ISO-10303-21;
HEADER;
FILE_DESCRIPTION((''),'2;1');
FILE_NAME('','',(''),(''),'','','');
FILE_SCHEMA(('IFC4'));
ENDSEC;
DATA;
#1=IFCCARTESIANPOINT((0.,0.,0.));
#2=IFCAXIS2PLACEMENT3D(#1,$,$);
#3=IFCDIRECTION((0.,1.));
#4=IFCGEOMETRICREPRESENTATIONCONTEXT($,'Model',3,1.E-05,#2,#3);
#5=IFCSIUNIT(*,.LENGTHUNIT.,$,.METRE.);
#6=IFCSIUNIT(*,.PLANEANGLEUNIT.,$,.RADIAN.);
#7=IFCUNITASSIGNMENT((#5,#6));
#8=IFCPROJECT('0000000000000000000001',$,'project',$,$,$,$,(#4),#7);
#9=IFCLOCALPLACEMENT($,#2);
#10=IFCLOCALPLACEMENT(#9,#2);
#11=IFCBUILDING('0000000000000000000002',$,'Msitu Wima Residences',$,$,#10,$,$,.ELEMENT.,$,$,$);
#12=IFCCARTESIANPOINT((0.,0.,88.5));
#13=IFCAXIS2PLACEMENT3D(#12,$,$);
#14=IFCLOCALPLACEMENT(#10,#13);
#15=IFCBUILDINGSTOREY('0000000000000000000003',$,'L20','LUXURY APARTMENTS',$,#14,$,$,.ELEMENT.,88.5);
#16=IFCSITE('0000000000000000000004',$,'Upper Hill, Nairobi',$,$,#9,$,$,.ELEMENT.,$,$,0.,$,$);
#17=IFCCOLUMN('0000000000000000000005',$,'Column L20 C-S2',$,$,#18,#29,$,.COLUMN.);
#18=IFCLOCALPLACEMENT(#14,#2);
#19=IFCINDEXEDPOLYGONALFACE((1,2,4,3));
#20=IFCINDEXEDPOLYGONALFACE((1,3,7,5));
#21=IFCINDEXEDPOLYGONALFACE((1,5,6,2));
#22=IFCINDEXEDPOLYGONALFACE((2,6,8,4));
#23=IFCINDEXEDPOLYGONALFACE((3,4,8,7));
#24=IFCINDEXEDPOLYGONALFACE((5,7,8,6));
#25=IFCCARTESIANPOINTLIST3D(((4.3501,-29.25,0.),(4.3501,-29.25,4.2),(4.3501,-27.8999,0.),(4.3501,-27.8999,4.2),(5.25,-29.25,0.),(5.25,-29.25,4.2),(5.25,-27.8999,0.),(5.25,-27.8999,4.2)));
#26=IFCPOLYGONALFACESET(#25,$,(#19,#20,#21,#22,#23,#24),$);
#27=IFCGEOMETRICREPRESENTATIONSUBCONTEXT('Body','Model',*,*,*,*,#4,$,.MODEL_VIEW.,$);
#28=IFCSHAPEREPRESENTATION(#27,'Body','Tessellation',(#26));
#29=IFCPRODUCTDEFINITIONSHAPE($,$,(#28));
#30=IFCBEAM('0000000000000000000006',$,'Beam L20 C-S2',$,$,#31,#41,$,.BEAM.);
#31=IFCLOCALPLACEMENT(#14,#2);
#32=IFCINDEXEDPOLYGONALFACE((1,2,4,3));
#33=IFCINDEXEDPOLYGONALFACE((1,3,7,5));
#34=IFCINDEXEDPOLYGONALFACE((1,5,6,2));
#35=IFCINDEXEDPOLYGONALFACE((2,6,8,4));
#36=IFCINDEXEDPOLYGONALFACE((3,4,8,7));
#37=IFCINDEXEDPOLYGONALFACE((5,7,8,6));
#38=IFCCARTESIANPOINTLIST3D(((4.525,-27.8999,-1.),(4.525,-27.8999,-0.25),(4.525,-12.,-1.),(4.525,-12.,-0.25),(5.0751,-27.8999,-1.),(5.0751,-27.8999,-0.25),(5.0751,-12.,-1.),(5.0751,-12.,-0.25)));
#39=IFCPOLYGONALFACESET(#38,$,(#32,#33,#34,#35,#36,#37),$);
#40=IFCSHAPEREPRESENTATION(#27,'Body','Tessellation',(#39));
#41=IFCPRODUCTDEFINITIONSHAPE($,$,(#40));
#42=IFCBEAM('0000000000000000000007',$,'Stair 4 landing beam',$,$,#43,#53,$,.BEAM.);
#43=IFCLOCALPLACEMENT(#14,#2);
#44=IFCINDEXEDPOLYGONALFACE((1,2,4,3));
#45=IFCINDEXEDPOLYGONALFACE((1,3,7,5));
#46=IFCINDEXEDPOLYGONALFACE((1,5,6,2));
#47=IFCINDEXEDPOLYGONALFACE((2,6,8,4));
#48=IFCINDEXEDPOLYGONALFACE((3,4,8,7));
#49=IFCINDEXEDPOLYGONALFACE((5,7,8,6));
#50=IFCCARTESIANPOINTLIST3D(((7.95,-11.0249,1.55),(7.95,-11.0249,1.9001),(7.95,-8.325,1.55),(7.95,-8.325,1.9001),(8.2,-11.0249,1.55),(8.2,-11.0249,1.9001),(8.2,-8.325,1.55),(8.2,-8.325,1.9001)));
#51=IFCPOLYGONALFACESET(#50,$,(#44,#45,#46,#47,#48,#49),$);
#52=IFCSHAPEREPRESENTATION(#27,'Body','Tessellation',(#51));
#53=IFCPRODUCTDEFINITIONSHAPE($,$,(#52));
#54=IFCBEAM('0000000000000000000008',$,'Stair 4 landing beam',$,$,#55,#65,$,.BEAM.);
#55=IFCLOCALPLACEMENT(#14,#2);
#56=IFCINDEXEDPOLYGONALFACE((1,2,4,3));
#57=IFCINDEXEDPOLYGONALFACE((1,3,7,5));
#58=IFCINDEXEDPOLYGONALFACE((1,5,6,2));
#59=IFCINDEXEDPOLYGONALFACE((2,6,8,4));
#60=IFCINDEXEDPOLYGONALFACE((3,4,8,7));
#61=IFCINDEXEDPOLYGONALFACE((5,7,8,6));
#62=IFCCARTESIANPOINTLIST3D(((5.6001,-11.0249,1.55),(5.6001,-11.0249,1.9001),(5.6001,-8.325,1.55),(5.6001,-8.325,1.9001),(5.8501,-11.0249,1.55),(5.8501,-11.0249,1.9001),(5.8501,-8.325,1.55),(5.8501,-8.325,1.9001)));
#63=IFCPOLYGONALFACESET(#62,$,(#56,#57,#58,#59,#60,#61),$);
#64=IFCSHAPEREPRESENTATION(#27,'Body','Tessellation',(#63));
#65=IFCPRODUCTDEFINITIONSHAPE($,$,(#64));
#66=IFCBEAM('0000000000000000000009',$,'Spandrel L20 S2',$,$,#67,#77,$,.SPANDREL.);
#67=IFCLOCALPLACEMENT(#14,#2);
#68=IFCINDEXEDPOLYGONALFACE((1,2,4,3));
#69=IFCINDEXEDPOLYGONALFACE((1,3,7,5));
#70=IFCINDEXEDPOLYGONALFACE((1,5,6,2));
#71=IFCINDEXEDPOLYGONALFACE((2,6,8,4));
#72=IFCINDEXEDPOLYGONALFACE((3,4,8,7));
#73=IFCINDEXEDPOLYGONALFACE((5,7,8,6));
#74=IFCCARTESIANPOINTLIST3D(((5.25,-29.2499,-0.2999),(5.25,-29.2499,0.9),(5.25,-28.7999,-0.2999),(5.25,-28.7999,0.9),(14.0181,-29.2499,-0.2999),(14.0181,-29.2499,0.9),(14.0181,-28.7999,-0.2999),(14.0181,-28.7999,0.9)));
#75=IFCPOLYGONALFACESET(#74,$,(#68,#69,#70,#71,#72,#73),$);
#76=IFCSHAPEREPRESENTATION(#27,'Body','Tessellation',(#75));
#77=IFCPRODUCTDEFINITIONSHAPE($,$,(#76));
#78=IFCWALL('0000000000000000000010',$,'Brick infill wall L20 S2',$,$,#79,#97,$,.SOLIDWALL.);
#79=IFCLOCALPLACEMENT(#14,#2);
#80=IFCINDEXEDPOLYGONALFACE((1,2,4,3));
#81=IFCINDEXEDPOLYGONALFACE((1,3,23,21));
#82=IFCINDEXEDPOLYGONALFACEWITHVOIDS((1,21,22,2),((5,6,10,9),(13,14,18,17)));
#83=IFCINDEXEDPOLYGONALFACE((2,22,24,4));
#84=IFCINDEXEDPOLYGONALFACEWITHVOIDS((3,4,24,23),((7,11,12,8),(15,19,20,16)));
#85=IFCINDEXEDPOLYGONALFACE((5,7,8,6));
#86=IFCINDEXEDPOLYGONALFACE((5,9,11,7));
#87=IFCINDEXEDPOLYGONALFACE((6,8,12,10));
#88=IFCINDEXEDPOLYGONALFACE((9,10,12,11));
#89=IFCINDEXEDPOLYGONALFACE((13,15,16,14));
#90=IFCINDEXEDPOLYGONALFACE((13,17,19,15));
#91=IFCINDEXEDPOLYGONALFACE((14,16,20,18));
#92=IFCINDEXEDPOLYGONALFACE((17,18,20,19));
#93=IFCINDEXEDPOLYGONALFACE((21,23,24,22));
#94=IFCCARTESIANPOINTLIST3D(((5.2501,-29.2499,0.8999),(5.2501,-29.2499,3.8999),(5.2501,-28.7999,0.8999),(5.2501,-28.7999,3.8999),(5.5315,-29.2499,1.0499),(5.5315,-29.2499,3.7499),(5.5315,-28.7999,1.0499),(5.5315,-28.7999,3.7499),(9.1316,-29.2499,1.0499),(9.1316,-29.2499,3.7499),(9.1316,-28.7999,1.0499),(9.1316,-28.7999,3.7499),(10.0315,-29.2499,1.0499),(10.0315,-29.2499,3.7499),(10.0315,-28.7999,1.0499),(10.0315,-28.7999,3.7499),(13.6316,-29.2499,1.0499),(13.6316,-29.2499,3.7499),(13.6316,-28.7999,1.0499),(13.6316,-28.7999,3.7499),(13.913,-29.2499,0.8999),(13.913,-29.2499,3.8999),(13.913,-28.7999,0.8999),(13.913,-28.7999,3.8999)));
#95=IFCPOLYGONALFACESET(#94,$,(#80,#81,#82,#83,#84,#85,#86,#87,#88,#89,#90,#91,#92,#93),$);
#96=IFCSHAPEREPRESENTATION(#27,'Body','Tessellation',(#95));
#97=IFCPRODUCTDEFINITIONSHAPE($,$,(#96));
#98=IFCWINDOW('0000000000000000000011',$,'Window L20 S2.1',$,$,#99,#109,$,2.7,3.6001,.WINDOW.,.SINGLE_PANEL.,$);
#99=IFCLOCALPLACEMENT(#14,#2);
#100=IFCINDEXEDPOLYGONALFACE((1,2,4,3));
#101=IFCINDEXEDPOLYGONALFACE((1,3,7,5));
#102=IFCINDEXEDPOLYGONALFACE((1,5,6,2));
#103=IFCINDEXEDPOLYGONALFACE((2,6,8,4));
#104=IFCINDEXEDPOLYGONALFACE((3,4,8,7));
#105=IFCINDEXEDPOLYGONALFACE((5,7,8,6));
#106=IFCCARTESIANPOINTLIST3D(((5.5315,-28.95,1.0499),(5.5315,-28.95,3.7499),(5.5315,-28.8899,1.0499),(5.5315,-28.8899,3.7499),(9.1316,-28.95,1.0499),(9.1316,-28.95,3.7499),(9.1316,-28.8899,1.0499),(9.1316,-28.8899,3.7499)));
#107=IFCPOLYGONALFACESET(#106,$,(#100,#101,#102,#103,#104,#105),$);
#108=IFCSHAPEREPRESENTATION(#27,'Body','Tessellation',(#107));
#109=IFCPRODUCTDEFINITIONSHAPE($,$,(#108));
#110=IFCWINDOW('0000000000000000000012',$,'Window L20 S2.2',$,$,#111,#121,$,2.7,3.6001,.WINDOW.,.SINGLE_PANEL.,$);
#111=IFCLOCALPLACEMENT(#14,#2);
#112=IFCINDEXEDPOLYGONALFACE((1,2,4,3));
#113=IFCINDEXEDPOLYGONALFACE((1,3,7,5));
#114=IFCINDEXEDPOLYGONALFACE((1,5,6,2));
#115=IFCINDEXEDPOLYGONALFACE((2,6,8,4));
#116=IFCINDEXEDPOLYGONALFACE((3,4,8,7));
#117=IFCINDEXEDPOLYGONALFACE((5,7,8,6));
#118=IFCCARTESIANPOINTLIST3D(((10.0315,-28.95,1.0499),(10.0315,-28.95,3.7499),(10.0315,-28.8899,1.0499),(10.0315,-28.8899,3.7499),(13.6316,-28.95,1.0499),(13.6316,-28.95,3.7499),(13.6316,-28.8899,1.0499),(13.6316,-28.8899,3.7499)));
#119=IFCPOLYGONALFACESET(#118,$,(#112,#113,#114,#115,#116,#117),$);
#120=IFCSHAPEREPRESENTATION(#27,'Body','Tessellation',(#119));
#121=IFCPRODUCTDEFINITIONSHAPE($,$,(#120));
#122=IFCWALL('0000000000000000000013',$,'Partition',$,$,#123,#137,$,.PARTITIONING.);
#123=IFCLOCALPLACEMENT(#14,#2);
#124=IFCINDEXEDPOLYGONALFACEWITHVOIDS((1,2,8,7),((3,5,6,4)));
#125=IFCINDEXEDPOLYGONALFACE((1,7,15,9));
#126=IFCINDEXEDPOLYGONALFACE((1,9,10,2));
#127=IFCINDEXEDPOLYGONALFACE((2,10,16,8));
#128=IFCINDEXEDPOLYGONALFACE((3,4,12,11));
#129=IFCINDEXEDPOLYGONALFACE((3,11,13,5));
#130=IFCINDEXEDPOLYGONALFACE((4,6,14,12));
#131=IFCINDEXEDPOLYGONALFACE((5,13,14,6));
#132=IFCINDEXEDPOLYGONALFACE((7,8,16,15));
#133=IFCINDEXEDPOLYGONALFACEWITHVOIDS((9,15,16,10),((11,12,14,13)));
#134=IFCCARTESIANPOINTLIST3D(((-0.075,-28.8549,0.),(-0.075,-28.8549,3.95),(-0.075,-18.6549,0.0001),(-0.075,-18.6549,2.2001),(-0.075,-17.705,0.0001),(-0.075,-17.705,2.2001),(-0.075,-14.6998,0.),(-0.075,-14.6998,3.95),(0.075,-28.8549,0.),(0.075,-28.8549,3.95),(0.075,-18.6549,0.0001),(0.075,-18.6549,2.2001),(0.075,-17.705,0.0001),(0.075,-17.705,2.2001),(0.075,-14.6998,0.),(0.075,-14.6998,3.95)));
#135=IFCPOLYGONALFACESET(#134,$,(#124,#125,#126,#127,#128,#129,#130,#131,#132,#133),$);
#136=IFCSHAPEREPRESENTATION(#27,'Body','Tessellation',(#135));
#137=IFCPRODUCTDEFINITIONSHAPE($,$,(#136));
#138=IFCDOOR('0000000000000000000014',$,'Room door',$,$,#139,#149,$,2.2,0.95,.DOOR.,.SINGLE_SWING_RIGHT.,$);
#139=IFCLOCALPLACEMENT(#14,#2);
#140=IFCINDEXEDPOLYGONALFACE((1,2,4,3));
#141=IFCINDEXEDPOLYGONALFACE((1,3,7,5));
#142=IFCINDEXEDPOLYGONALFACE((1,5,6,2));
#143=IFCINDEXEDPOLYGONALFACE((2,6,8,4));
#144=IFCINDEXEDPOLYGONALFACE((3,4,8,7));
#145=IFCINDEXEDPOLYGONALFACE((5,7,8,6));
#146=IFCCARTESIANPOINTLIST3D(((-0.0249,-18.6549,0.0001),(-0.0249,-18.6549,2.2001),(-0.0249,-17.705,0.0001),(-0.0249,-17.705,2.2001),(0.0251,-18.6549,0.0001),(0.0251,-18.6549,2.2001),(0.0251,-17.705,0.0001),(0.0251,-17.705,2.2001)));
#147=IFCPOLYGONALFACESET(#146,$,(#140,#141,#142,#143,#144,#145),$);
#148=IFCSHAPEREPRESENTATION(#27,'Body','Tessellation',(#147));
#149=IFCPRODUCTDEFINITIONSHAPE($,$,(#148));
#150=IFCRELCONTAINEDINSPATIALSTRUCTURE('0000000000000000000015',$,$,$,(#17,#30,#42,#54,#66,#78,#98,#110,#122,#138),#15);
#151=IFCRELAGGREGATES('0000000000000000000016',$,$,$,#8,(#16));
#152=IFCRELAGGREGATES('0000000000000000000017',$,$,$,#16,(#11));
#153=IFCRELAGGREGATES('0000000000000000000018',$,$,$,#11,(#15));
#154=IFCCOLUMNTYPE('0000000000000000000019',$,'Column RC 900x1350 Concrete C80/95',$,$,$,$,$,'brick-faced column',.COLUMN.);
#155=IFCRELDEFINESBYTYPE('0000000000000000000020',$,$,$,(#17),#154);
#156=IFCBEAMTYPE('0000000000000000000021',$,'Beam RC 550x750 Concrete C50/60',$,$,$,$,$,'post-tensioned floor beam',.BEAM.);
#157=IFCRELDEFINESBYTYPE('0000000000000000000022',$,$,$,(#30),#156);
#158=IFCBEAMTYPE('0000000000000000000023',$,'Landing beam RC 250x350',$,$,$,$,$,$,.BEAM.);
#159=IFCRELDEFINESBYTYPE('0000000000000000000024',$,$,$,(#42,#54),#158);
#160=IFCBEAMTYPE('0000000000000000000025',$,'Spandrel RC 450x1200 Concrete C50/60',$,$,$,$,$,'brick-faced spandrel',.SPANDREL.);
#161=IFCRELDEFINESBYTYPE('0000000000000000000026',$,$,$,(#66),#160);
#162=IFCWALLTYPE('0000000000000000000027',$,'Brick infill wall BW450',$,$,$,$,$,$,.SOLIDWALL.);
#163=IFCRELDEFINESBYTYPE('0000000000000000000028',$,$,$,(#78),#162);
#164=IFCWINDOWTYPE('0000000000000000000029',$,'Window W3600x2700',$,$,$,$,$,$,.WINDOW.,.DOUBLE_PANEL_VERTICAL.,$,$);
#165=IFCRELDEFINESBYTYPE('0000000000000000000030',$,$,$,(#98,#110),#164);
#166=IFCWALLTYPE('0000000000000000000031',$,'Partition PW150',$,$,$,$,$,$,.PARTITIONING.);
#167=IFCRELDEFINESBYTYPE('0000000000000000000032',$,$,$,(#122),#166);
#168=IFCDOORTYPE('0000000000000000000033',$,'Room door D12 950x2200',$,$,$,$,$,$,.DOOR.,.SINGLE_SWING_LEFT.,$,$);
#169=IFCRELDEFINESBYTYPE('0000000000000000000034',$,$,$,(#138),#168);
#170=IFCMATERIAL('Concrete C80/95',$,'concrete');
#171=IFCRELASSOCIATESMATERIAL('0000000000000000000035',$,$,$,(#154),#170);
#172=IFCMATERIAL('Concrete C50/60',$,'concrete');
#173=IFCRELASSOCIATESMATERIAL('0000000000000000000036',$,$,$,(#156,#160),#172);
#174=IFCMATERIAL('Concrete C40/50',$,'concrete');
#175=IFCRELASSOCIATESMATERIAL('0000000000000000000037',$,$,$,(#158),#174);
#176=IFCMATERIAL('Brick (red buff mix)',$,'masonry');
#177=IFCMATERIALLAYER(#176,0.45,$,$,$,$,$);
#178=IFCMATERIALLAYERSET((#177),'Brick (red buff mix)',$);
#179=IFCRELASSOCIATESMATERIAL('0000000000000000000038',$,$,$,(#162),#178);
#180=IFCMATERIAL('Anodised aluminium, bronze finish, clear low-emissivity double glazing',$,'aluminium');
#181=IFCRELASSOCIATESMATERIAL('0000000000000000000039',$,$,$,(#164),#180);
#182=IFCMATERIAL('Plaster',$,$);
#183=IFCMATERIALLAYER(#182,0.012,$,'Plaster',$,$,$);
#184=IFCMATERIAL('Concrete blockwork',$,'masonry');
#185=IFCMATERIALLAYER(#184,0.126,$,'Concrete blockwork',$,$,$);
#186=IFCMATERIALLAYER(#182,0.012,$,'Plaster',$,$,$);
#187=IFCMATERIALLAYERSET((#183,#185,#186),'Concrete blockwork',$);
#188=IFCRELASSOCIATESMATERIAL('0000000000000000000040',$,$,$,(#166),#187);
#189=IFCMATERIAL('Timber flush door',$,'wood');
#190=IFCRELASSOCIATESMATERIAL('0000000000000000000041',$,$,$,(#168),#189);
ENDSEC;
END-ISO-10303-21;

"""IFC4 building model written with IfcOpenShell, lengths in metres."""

from ifc_helpers import new_model, si_unit, direction, frame, frame_2d, origin, origin_2d, place, context, subcontext, project, spatial, rectangle, extrude, material, layer, layer_set, material_profile, profile_set, type_object, element, fill, save


model = new_model("IFC4")

# Units and contexts
model_context = context("Model", 3, precision=1e-05, world=origin(), true_north=direction((0.0, 1.0)))
body_context = subcontext(model_context, "Body", "Model", "MODEL_VIEW")
ifc_project = project(units=[si_unit("LENGTHUNIT", "METRE"), si_unit("PLANEANGLEUNIT", "RADIAN")], contexts=[model_context])

# Site, building, storey
site_placement = place(None, origin())
site = spatial("IfcSite", under=ifc_project, at=site_placement, Name="Upper Hill, Nairobi", CompositionType="ELEMENT", RefElevation=0.0)
building_placement = place(site_placement, origin())
building = spatial("IfcBuilding", under=site, at=building_placement, Name="Msitu Wima Residences", CompositionType="ELEMENT")
storey_placement = place(building_placement, frame((0.0, 0.0, 88.5)))
storey = spatial("IfcBuildingStorey", under=building, at=storey_placement, Name="L20", Description="LUXURY APARTMENTS", CompositionType="ELEMENT", Elevation=88.5)

# Column
ifc_material_1 = material(Name="Concrete C80/95", Category="concrete")
ifc_material_profile_1 = material_profile(ifc_material_1, rectangle(XDim=0.8999, YDim=1.3501, at=origin_2d()), Name="RC 900x1350")
ifc_profile_set_1 = profile_set([ifc_material_profile_1], Name="Concrete C80/95")
column_type = type_object("IfcColumnType", Name="Column RC 900x1350 Concrete C80/95", ElementType="brick-faced column", PredefinedType="COLUMN", material=ifc_profile_set_1)
column_placement = place(storey_placement, frame((4.8, -28.575, 0.0), z_axis=(0.0, 0.0, 1.0), x_axis=(1.0, 0.0, 0.0)))
element("IfcColumn", 1, at=column_placement, inside=storey, type_object=column_type, Name="Column L20 C-S2", PredefinedType="COLUMN", context=body_context, shape_type="SweptSolid", body=[
    extrude(rectangle(XDim=0.8999, YDim=1.3501, at=origin_2d()), origin(), (0.0, 0.0, 1.0), 4.2),
])

# Beams
ifc_material_2 = material(Name="Concrete C50/60", Category="concrete")
ifc_material_profile_2 = material_profile(ifc_material_2, rectangle(XDim=0.55, YDim=0.75, at=origin_2d()), Name="RC 550x750")
ifc_profile_set_2 = profile_set([ifc_material_profile_2], Name="Concrete C50/60")
beam_type_1 = type_object("IfcBeamType", Name="Beam RC 550x750 Concrete C50/60", ElementType="post-tensioned floor beam", PredefinedType="BEAM", material=ifc_profile_set_2)
beam_1_placement = place(storey_placement, frame((4.8, -27.8999, -0.625), z_axis=(0.0, 1.0, 0.0), x_axis=(-1.0, 0.0, 0.0)))
element("IfcBeam", 2, at=beam_1_placement, inside=storey, type_object=beam_type_1, Name="Beam L20 C-S2", PredefinedType="BEAM", context=body_context, shape_type="SweptSolid", body=[
    extrude(rectangle(XDim=0.55, YDim=0.75, at=origin_2d()), origin(), (0.0, 0.0, 1.0), 15.8999),
])
ifc_material_3 = material(Name="Concrete C40/50", Category="concrete")
ifc_material_profile_3 = material_profile(ifc_material_3, rectangle(XDim=0.25, YDim=0.3501, at=origin_2d()), Name="RC 250x350")
ifc_profile_set_3 = profile_set([ifc_material_profile_3], Name="Concrete C40/50")
beam_type_2 = type_object("IfcBeamType", Name="Landing beam RC 250x350", PredefinedType="BEAM", material=ifc_profile_set_3)
for number, where, z_axis, x_axis, name in (
    (3, (8.075, -11.0249, 1.7251), (0.0, 1.0, 0.0), (-1.0, 0.0, 0.0), "Stair 4 landing beam"),
    (4, (5.7251, -11.0249, 1.7251), (0.0, 1.0, 0.0), (-1.0, 0.0, 0.0), "Stair 4 landing beam"),
):
    element("IfcBeam", number, at=place(storey_placement, frame(where, z_axis=z_axis, x_axis=x_axis)), inside=storey, type_object=beam_type_2, Name=name, PredefinedType="BEAM", context=body_context, shape_type="SweptSolid", body=[
        extrude(rectangle(XDim=0.25, YDim=0.3501, at=origin_2d()), origin(), (0.0, 0.0, 1.0), 2.7),
    ])
ifc_material_profile_4 = material_profile(ifc_material_2, rectangle(XDim=0.45, YDim=1.2, at=origin_2d()), Name="RC 450x1200")
ifc_profile_set_4 = profile_set([ifc_material_profile_4], Name="Concrete C50/60")
beam_type_3 = type_object("IfcBeamType", Name="Spandrel RC 450x1200 Concrete C50/60", ElementType="brick-faced spandrel", PredefinedType="SPANDREL", material=ifc_profile_set_4)
beam_2_placement = place(storey_placement, frame((5.25, -29.0249, 0.3), z_axis=(1.0, 0.0, 0.0), x_axis=(0.0, 1.0, 0.0)))
element("IfcBeam", 5, at=beam_2_placement, inside=storey, type_object=beam_type_3, Name="Spandrel L20 S2", PredefinedType="SPANDREL", context=body_context, shape_type="SweptSolid", body=[
    extrude(rectangle(XDim=0.45, YDim=1.2, at=origin_2d()), origin(), (0.0, 0.0, 1.0), 8.7681),
])

# Wall, openings, windows
ifc_material_4 = material(Name="Brick (red buff mix)", Category="masonry")
ifc_layer_1 = layer(ifc_material_4, 0.45)
ifc_layer_set_1 = layer_set([ifc_layer_1], Name="Brick (red buff mix)")
wall_type_1 = type_object("IfcWallType", Name="Brick infill wall BW450", PredefinedType="SOLIDWALL", material=ifc_layer_set_1)
wall_1_placement = place(storey_placement, frame((5.25, -29.0249, 0.8999), z_axis=(0.0, 0.0, 1.0), x_axis=(1.0, 0.0, 0.0)))
wall_1 = element("IfcWall", 6, at=wall_1_placement, inside=storey, type_object=wall_type_1, Name="Brick infill wall L20 S2", PredefinedType="SOLIDWALL", context=body_context, shape_type="SweptSolid", body=[
    extrude(rectangle(XDim=8.6628, YDim=0.45, at=frame_2d((4.3315, 0.0))), origin(), (0.0, 0.0, 1.0), 3.0),
])
opening_1_placement = place(wall_1_placement, frame((0.2815, 0.0, 0.1499)))
opening_1 = element("IfcOpeningElement", 7, at=opening_1_placement, cuts=wall_1, PredefinedType="OPENING", context=body_context, shape_type="SweptSolid", body=[
    extrude(rectangle(XDim=3.6001, YDim=2.7, at=frame_2d((1.8, 1.3501))), frame((0.0, 0.2349, 0.0), z_axis=(0.0, -1.0, 0.0), x_axis=(1.0, 0.0, 0.0)), (0.0, 0.0, 1.0), 0.47),
])
opening_2_placement = place(wall_1_placement, frame((4.7815, 0.0, 0.1499)))
opening_2 = element("IfcOpeningElement", 8, at=opening_2_placement, cuts=wall_1, PredefinedType="OPENING", context=body_context, shape_type="SweptSolid", body=[
    extrude(rectangle(XDim=3.6001, YDim=2.7, at=frame_2d((1.8, 1.3501))), frame((0.0, 0.2349, 0.0), z_axis=(0.0, -1.0, 0.0), x_axis=(1.0, 0.0, 0.0)), (0.0, 0.0, 1.0), 0.47),
])
ifc_material_5 = material(Name="Anodised aluminium, bronze finish, clear low-emissivity double glazing", Category="aluminium")
window_type = type_object("IfcWindowType", Name="Window W3600x2700", PartitioningType="DOUBLE_PANEL_VERTICAL", PredefinedType="WINDOW", material=ifc_material_5)
window_1_placement = place(opening_1_placement, origin())
window_1 = element("IfcWindow", 9, at=window_1_placement, inside=storey, type_object=window_type, Name="Window L20 S2.1", OverallHeight=2.7, OverallWidth=3.6001, PartitioningType="SINGLE_PANEL", PredefinedType="WINDOW", context=body_context, shape_type="SweptSolid", body=[
    extrude(rectangle(XDim=3.6001, YDim=2.7, at=frame_2d((1.8, 1.3501))), frame((0.0, 0.135, 0.0), z_axis=(0.0, -1.0, 0.0), x_axis=(1.0, 0.0, 0.0)), (0.0, 0.0, 1.0), 0.0601),
])
fill(opening_1, window_1)
window_2_placement = place(opening_2_placement, origin())
window_2 = element("IfcWindow", 10, at=window_2_placement, inside=storey, type_object=window_type, Name="Window L20 S2.2", OverallHeight=2.7, OverallWidth=3.6001, PartitioningType="SINGLE_PANEL", PredefinedType="WINDOW", context=body_context, shape_type="SweptSolid", body=[
    extrude(rectangle(XDim=3.6001, YDim=2.7, at=frame_2d((1.8, 1.3501))), frame((0.0, 0.135, 0.0), z_axis=(0.0, -1.0, 0.0), x_axis=(1.0, 0.0, 0.0)), (0.0, 0.0, 1.0), 0.0601),
])
fill(opening_2, window_2)

# Wall, opening, door
ifc_material_6 = material(Name="Plaster")
ifc_layer_2 = layer(ifc_material_6, 0.012, Name="Plaster")
ifc_material_7 = material(Name="Concrete blockwork", Category="masonry")
ifc_layer_3 = layer(ifc_material_7, 0.126, Name="Concrete blockwork")
ifc_layer_4 = layer(ifc_material_6, 0.012, Name="Plaster")
ifc_layer_set_2 = layer_set([ifc_layer_2, ifc_layer_3, ifc_layer_4], Name="Concrete blockwork")
wall_type_2 = type_object("IfcWallType", Name="Partition PW150", PredefinedType="PARTITIONING", material=ifc_layer_set_2)
wall_2_placement = place(storey_placement, frame((0.0, -28.855, 0.0), z_axis=(0.0, 0.0, 1.0), x_axis=(0.0, 1.0, 0.0)))
wall_2 = element("IfcWall", 11, at=wall_2_placement, inside=storey, type_object=wall_type_2, Name="Partition", PredefinedType="PARTITIONING", context=body_context, shape_type="SweptSolid", body=[
    extrude(rectangle(XDim=14.155, YDim=0.1499, at=frame_2d((7.0776, 0.0))), origin(), (0.0, 0.0, 1.0), 3.95),
])
opening_3_placement = place(wall_2_placement, frame((10.2, 0.0, 0.0)))
opening_3 = element("IfcOpeningElement", 12, at=opening_3_placement, cuts=wall_2, PredefinedType="OPENING", context=body_context, shape_type="SweptSolid", body=[
    extrude(rectangle(XDim=0.95, YDim=2.2, at=frame_2d((0.4751, 1.1001))), frame((0.0, 0.085, 0.0), z_axis=(0.0, -1.0, 0.0), x_axis=(1.0, 0.0, 0.0)), (0.0, 0.0, 1.0), 0.1699),
])
ifc_material_8 = material(Name="Timber flush door", Category="wood")
door_type_1 = type_object("IfcDoorType", Name="Room door D12 950x2200", OperationType="SINGLE_SWING_LEFT", PredefinedType="DOOR", material=ifc_material_8)
door_1_placement = place(opening_3_placement, origin())
door_1 = element("IfcDoor", 13, at=door_1_placement, inside=storey, type_object=door_type_1, Name="Room door", OperationType="SINGLE_SWING_RIGHT", OverallHeight=2.2, OverallWidth=0.95, PredefinedType="DOOR", context=body_context, shape_type="SweptSolid", body=[
    extrude(rectangle(XDim=0.95, YDim=2.2, at=frame_2d((0.4751, 1.1001))), frame((0.0, 0.0249, 0.0), z_axis=(0.0, -1.0, 0.0), x_axis=(1.0, 0.0, 0.0)), (0.0, 0.0, 1.0), 0.05),
])
fill(opening_3, door_1)

save(model, "model.ifc")
